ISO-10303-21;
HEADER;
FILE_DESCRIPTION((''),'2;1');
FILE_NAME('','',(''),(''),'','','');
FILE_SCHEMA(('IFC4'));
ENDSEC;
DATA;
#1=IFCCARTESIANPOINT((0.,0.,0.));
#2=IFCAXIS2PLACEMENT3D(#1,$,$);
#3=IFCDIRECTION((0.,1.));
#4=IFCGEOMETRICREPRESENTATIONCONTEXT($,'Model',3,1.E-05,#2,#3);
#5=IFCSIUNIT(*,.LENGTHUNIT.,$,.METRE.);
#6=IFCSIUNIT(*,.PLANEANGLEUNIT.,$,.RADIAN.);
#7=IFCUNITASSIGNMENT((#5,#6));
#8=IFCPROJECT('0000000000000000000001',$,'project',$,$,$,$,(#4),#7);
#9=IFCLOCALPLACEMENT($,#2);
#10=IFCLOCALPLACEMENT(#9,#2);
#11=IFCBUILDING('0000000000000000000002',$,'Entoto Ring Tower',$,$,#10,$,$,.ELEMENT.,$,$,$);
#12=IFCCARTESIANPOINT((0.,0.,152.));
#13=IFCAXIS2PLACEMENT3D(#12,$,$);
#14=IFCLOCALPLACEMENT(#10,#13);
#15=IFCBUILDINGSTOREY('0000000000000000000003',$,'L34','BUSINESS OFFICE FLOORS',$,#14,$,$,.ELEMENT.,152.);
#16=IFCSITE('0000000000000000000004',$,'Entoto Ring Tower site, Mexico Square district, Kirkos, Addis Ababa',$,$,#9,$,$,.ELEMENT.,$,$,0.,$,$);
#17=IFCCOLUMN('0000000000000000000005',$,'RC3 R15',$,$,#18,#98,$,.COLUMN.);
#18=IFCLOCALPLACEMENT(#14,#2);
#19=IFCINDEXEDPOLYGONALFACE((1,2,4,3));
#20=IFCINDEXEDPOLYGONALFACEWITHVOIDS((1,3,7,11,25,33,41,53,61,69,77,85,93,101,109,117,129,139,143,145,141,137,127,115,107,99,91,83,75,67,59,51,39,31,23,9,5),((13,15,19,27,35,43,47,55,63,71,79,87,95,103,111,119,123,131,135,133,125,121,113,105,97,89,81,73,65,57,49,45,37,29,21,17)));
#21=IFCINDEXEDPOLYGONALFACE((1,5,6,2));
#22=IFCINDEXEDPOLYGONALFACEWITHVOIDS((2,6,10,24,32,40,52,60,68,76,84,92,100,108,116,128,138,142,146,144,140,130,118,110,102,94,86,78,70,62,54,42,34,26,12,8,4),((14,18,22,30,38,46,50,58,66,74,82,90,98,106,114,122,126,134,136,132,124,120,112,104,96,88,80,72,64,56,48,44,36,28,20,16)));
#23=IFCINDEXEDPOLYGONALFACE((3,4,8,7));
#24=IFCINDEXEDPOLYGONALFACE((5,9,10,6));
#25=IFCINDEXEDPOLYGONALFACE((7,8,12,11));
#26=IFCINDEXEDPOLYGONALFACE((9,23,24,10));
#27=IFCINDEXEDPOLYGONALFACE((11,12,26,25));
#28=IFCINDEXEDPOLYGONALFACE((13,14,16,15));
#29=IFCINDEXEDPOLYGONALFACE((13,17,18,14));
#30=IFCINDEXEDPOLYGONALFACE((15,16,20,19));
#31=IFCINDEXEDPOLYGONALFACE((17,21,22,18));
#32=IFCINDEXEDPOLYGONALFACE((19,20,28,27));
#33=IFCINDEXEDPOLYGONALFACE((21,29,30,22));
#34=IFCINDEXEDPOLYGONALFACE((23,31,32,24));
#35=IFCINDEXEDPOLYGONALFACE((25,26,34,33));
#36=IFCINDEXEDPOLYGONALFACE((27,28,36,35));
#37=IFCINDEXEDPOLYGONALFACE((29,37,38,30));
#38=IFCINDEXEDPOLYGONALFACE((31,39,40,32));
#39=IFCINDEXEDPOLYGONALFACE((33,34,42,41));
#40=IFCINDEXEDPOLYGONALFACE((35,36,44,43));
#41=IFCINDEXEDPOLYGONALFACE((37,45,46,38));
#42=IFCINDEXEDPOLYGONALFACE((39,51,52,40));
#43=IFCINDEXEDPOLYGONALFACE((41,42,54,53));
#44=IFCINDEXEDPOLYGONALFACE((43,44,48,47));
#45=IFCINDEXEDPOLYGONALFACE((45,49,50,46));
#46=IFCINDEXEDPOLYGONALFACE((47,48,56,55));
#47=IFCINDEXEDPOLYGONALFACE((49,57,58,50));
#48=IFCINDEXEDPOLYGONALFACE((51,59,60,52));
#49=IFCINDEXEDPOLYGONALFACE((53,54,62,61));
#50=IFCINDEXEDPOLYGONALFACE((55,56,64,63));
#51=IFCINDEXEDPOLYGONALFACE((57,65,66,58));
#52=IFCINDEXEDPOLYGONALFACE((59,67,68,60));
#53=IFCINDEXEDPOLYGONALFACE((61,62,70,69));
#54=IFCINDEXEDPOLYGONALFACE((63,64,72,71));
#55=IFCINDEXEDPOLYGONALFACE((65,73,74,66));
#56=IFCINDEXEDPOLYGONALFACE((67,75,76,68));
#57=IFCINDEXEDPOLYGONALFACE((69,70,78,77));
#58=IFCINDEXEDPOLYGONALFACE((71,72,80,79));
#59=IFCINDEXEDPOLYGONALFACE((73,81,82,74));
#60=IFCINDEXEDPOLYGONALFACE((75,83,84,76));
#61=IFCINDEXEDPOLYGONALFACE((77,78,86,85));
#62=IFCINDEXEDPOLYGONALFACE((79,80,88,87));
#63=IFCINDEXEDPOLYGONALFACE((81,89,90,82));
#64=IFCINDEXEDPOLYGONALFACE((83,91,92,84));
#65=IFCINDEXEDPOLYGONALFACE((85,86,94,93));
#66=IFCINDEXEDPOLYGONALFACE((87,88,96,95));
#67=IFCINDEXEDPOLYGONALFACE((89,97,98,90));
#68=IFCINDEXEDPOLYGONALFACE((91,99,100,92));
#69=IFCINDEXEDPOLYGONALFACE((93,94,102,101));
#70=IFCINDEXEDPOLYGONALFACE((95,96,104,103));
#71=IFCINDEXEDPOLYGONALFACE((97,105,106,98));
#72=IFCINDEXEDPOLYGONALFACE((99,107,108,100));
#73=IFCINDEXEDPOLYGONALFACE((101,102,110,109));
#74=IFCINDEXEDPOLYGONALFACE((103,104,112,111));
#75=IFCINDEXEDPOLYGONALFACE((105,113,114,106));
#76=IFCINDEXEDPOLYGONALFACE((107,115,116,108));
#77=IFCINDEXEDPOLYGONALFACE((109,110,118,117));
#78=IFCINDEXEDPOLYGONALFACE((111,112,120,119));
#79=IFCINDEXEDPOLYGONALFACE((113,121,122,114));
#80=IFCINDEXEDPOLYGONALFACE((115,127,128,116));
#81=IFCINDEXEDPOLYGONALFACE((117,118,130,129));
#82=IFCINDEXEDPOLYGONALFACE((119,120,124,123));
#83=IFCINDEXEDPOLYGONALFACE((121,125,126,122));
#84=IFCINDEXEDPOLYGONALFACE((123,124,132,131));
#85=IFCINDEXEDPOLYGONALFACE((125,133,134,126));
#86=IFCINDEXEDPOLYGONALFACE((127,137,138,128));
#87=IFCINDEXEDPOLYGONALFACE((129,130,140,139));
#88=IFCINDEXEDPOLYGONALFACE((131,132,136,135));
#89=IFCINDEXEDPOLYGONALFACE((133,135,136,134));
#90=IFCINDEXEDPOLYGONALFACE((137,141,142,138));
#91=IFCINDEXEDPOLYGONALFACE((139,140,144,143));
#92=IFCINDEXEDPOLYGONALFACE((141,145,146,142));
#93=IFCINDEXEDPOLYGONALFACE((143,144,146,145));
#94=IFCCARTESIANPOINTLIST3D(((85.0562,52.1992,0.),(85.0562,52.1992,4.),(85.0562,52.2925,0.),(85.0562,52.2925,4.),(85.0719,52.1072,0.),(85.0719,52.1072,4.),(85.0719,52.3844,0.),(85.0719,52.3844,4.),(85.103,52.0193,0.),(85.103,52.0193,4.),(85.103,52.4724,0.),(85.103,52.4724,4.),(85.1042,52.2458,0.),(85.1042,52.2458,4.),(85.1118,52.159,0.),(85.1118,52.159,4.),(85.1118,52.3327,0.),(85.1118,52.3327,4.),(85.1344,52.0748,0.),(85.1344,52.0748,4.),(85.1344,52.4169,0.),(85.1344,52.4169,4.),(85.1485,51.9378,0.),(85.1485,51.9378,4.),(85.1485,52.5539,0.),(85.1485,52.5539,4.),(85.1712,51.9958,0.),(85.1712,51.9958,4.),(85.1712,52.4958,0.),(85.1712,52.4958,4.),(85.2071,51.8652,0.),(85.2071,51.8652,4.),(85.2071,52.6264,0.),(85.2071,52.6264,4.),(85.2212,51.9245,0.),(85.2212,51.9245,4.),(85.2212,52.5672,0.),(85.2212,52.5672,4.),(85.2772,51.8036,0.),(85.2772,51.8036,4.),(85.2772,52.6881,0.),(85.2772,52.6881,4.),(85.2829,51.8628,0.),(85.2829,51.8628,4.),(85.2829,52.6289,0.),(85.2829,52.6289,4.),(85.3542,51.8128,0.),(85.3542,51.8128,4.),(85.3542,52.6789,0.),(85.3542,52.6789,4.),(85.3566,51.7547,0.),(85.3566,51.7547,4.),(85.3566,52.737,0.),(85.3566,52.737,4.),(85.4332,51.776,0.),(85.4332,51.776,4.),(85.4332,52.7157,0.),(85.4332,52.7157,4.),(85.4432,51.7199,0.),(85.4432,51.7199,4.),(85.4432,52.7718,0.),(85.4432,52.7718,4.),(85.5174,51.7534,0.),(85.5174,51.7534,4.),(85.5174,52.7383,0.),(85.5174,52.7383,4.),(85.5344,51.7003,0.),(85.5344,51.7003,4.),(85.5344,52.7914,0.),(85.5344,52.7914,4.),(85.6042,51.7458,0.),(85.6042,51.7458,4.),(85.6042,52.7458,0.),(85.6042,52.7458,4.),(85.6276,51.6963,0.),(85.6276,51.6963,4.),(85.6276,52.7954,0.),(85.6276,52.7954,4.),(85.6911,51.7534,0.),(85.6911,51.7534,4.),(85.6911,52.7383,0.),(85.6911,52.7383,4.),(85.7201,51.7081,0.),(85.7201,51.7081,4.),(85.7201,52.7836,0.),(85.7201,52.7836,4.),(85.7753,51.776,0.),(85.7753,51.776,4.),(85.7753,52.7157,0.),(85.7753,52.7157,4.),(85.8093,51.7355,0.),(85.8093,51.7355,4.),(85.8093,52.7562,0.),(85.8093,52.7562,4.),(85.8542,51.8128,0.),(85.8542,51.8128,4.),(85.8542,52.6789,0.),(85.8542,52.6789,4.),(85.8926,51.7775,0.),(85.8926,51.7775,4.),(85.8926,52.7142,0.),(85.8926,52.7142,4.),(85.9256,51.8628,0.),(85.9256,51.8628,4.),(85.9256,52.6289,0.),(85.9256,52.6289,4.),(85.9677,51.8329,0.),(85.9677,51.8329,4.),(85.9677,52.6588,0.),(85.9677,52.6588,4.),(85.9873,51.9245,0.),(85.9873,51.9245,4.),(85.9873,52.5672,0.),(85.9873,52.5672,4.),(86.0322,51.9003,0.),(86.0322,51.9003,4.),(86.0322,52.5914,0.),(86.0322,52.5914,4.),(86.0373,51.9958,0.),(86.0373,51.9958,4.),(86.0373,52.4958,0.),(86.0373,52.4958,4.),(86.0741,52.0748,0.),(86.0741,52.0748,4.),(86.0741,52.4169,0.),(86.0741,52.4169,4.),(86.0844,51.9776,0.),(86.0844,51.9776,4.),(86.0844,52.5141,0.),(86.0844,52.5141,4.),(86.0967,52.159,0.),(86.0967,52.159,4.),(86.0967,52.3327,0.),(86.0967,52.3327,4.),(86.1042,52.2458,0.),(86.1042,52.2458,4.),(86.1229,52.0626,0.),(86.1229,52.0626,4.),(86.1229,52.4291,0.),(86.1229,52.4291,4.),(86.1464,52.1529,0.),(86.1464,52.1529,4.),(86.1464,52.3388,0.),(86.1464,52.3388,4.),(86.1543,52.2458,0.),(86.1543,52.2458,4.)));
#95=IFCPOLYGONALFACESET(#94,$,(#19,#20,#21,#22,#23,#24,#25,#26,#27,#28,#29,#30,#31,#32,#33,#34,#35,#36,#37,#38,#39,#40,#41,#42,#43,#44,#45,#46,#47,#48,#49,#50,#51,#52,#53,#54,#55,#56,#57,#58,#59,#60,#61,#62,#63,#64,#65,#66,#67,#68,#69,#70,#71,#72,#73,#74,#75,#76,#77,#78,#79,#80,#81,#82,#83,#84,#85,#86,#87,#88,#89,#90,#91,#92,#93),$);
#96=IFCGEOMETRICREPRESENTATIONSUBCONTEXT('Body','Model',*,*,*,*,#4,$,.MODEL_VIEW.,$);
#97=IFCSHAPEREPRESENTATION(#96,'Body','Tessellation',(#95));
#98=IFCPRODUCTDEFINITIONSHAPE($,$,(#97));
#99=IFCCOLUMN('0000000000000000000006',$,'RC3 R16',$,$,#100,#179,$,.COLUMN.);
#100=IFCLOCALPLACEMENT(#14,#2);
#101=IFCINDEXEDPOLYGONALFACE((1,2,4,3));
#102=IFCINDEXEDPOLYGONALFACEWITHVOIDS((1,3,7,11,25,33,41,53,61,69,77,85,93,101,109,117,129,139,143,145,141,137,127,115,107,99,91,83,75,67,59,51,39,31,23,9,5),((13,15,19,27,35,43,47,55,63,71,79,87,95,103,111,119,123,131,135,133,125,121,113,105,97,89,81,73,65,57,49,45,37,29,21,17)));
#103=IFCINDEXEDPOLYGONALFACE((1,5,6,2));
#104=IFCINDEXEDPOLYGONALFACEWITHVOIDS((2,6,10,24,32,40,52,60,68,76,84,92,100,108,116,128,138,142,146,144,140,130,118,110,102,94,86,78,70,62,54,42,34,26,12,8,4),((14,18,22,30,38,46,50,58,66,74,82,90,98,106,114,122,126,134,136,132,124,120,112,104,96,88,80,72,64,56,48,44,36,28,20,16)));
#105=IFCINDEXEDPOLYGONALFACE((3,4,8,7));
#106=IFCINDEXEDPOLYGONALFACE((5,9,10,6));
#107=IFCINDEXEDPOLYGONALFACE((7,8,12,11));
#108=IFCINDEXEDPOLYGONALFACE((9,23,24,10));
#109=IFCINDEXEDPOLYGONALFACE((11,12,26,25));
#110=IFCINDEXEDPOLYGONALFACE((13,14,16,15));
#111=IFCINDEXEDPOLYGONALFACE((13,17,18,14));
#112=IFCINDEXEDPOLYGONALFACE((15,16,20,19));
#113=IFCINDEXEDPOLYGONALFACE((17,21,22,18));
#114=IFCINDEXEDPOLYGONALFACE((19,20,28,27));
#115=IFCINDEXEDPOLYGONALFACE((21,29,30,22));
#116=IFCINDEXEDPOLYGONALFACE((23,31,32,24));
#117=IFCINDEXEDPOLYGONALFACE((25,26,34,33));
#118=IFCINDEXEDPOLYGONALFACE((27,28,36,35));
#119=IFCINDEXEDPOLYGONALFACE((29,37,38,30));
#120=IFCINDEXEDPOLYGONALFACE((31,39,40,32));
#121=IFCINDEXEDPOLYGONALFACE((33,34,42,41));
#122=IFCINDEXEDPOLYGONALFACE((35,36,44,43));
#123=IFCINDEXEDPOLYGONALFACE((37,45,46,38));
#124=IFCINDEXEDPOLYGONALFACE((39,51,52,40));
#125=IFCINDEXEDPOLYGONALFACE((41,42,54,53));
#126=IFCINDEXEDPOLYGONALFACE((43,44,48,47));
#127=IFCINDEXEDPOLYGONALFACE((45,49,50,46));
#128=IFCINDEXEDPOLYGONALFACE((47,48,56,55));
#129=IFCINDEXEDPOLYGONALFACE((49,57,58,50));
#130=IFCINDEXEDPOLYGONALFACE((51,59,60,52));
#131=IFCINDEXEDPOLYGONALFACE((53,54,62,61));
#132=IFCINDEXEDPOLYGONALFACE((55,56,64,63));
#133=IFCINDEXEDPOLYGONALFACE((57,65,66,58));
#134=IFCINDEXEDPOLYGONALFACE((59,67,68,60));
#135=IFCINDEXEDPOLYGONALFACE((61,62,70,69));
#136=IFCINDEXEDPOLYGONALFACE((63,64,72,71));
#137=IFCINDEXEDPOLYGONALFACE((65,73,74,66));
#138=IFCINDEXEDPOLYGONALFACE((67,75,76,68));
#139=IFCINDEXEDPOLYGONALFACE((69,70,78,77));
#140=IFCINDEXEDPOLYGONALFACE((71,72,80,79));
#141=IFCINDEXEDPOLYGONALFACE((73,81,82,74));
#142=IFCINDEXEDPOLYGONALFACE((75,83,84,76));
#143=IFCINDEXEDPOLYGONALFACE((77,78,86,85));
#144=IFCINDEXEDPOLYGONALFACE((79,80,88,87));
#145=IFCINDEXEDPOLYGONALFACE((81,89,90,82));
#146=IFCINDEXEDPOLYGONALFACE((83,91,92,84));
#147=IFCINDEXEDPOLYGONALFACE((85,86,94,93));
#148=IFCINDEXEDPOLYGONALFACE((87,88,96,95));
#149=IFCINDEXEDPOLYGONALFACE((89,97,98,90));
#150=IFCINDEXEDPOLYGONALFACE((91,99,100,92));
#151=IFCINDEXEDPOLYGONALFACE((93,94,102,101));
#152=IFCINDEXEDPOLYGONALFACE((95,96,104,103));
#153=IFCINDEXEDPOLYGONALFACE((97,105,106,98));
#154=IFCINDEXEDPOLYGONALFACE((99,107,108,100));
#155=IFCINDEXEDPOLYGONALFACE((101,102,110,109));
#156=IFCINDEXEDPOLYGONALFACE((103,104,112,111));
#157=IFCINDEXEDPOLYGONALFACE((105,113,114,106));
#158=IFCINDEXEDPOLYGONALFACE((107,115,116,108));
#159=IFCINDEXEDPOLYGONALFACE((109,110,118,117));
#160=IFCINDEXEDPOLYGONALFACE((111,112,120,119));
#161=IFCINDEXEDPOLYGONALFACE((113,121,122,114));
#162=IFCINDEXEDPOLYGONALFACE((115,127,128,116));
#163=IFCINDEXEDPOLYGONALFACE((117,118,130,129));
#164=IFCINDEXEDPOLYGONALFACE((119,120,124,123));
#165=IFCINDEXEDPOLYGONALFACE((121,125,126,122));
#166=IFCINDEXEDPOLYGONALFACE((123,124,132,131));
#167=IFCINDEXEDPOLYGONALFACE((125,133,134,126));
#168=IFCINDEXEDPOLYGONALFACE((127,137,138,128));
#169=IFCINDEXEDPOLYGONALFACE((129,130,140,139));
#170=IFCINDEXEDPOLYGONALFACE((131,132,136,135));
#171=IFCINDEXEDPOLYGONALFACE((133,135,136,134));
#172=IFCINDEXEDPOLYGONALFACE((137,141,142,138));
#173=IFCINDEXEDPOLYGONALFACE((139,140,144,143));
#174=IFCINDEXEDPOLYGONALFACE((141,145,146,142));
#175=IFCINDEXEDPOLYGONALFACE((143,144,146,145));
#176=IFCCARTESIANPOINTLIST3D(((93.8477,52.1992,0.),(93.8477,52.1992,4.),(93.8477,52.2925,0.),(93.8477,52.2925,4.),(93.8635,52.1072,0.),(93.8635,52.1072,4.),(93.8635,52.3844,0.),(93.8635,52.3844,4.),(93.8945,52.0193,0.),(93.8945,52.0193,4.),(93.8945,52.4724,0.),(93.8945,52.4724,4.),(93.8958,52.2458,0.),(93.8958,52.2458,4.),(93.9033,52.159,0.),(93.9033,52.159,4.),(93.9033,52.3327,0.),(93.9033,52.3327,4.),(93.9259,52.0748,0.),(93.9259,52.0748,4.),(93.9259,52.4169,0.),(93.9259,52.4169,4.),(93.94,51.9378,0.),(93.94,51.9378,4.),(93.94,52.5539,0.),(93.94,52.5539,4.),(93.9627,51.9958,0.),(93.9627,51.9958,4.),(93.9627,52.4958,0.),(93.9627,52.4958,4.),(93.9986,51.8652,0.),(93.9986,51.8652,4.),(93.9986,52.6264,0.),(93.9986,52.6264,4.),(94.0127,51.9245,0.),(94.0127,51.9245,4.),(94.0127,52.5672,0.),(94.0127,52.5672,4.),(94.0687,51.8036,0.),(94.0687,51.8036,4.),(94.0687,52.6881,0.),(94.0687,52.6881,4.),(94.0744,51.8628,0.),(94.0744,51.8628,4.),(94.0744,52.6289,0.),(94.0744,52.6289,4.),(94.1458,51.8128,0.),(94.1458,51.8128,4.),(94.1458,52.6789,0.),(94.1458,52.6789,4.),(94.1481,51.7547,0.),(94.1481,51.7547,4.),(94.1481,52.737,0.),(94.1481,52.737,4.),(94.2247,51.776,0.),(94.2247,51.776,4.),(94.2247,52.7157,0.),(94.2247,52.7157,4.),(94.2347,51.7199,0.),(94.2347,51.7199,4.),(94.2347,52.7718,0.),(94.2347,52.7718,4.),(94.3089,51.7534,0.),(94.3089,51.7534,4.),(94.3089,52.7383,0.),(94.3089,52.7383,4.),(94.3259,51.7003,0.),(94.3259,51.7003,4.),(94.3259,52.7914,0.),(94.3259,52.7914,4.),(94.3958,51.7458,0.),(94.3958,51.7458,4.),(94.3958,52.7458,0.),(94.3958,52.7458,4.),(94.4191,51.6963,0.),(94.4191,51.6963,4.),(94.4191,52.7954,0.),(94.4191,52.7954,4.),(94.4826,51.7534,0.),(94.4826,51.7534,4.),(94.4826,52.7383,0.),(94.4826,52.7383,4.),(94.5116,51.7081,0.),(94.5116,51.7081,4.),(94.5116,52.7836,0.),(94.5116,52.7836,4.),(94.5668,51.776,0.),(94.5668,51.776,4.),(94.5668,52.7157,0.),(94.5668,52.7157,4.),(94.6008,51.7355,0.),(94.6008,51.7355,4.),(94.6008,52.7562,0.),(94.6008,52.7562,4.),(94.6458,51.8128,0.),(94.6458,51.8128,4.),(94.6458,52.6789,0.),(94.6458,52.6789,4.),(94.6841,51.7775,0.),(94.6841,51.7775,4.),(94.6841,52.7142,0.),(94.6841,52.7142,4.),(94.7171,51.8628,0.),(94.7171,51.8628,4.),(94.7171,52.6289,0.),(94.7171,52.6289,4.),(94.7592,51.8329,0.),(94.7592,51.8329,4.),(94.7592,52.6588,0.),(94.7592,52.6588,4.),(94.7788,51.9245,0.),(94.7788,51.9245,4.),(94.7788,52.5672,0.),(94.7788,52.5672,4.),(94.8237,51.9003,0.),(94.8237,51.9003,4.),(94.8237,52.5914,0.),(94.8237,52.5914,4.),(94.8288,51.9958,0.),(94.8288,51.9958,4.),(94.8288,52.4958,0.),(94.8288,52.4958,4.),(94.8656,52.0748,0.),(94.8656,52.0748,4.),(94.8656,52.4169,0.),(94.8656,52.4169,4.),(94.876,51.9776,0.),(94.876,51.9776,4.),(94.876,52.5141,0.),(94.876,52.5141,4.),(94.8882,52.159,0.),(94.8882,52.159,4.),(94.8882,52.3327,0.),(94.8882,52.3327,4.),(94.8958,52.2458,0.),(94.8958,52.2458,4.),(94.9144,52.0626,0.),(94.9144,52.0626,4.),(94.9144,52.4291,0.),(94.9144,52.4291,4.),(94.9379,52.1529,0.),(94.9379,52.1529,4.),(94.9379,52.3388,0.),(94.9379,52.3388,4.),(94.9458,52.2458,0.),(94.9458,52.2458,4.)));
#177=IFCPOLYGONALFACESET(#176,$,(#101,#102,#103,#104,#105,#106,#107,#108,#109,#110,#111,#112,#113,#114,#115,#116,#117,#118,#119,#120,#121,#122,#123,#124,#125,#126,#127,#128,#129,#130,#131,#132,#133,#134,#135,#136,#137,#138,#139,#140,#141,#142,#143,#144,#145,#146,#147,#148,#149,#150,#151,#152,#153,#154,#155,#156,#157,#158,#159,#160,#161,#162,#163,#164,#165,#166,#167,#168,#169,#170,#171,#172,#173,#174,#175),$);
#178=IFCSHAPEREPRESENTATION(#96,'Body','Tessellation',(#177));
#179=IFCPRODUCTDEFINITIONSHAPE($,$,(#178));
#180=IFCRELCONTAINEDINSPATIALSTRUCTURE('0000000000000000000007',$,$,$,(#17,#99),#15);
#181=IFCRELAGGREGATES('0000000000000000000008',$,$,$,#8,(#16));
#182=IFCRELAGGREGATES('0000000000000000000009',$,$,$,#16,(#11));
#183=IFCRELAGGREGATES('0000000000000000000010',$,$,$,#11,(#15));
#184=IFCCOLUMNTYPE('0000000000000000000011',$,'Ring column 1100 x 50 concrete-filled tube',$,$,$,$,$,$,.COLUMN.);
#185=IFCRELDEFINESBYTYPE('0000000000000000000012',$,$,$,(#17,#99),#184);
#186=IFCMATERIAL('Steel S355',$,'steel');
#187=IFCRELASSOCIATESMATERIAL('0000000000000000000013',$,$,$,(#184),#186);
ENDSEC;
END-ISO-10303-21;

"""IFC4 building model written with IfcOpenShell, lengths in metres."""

from ifc_helpers import new_model, si_unit, direction, frame, origin, origin_2d, place, context, subcontext, project, spatial, circle, hollow_circle, extrude, material, material_profile, profile_set, type_object, element, save


model = new_model("IFC4")

# Units and contexts
model_context = context("Model", 3, precision=1e-05, world=origin(), true_north=direction((0.0, 1.0)))
body_context = subcontext(model_context, "Body", "Model", "MODEL_VIEW")
ifc_project = project(units=[si_unit("LENGTHUNIT", "METRE"), si_unit("PLANEANGLEUNIT", "RADIAN")], contexts=[model_context])

# Site, building, storey
site_placement = place(None, origin())
site = spatial("IfcSite", under=ifc_project, at=site_placement, Name="Entoto Ring Tower site, Mexico Square district, Kirkos, Addis Ababa", CompositionType="ELEMENT", RefElevation=0.0)
building_placement = place(site_placement, origin())
building = spatial("IfcBuilding", under=site, at=building_placement, Name="Entoto Ring Tower", CompositionType="ELEMENT")
storey_placement = place(building_placement, frame((0.0, 0.0, 152.0)))
storey = spatial("IfcBuildingStorey", under=building, at=storey_placement, Name="L34", Description="BUSINESS OFFICE FLOORS", CompositionType="ELEMENT", Elevation=152.0)

# Columns
ifc_material_1 = material(Name="Steel S355", Category="steel")
ifc_material_profile_1 = material_profile(ifc_material_1, hollow_circle(Radius=0.55, WallThickness=0.05, at=origin_2d()), Name="CHS 1100 x 50")
ifc_material_2 = material(Name="Concrete C60/75", Category="concrete")
ifc_material_profile_2 = material_profile(ifc_material_2, circle(Radius=0.5, at=origin_2d()), Name="Concrete C60/75 infill")
ifc_profile_set_1 = profile_set([ifc_material_profile_1, ifc_material_profile_2], Name="Steel S355")
column_type = type_object("IfcColumnType", Name="Ring column 1100 x 50 concrete-filled tube", PredefinedType="COLUMN", material=ifc_profile_set_1)
for number, where, z_axis, x_axis, name in (
    (1, (85.6042, 52.2458, 0.0), (0.0, 0.0, 1.0), (1.0, 0.0, 0.0), "RC3 R15"),
    (2, (94.3958, 52.2458, 0.0), (0.0, 0.0, 1.0), (1.0, 0.0, 0.0), "RC3 R16"),
):
    element("IfcColumn", number, at=place(storey_placement, frame(where, z_axis=z_axis, x_axis=x_axis)), inside=storey, type_object=column_type, Name=name, PredefinedType="COLUMN", context=body_context, shape_type="SweptSolid", body=[
        extrude(hollow_circle(Radius=0.55, WallThickness=0.05, at=origin_2d()), origin(), (0.0, 0.0, 1.0), 4.0),
    ])

save(model, "model.ifc")
